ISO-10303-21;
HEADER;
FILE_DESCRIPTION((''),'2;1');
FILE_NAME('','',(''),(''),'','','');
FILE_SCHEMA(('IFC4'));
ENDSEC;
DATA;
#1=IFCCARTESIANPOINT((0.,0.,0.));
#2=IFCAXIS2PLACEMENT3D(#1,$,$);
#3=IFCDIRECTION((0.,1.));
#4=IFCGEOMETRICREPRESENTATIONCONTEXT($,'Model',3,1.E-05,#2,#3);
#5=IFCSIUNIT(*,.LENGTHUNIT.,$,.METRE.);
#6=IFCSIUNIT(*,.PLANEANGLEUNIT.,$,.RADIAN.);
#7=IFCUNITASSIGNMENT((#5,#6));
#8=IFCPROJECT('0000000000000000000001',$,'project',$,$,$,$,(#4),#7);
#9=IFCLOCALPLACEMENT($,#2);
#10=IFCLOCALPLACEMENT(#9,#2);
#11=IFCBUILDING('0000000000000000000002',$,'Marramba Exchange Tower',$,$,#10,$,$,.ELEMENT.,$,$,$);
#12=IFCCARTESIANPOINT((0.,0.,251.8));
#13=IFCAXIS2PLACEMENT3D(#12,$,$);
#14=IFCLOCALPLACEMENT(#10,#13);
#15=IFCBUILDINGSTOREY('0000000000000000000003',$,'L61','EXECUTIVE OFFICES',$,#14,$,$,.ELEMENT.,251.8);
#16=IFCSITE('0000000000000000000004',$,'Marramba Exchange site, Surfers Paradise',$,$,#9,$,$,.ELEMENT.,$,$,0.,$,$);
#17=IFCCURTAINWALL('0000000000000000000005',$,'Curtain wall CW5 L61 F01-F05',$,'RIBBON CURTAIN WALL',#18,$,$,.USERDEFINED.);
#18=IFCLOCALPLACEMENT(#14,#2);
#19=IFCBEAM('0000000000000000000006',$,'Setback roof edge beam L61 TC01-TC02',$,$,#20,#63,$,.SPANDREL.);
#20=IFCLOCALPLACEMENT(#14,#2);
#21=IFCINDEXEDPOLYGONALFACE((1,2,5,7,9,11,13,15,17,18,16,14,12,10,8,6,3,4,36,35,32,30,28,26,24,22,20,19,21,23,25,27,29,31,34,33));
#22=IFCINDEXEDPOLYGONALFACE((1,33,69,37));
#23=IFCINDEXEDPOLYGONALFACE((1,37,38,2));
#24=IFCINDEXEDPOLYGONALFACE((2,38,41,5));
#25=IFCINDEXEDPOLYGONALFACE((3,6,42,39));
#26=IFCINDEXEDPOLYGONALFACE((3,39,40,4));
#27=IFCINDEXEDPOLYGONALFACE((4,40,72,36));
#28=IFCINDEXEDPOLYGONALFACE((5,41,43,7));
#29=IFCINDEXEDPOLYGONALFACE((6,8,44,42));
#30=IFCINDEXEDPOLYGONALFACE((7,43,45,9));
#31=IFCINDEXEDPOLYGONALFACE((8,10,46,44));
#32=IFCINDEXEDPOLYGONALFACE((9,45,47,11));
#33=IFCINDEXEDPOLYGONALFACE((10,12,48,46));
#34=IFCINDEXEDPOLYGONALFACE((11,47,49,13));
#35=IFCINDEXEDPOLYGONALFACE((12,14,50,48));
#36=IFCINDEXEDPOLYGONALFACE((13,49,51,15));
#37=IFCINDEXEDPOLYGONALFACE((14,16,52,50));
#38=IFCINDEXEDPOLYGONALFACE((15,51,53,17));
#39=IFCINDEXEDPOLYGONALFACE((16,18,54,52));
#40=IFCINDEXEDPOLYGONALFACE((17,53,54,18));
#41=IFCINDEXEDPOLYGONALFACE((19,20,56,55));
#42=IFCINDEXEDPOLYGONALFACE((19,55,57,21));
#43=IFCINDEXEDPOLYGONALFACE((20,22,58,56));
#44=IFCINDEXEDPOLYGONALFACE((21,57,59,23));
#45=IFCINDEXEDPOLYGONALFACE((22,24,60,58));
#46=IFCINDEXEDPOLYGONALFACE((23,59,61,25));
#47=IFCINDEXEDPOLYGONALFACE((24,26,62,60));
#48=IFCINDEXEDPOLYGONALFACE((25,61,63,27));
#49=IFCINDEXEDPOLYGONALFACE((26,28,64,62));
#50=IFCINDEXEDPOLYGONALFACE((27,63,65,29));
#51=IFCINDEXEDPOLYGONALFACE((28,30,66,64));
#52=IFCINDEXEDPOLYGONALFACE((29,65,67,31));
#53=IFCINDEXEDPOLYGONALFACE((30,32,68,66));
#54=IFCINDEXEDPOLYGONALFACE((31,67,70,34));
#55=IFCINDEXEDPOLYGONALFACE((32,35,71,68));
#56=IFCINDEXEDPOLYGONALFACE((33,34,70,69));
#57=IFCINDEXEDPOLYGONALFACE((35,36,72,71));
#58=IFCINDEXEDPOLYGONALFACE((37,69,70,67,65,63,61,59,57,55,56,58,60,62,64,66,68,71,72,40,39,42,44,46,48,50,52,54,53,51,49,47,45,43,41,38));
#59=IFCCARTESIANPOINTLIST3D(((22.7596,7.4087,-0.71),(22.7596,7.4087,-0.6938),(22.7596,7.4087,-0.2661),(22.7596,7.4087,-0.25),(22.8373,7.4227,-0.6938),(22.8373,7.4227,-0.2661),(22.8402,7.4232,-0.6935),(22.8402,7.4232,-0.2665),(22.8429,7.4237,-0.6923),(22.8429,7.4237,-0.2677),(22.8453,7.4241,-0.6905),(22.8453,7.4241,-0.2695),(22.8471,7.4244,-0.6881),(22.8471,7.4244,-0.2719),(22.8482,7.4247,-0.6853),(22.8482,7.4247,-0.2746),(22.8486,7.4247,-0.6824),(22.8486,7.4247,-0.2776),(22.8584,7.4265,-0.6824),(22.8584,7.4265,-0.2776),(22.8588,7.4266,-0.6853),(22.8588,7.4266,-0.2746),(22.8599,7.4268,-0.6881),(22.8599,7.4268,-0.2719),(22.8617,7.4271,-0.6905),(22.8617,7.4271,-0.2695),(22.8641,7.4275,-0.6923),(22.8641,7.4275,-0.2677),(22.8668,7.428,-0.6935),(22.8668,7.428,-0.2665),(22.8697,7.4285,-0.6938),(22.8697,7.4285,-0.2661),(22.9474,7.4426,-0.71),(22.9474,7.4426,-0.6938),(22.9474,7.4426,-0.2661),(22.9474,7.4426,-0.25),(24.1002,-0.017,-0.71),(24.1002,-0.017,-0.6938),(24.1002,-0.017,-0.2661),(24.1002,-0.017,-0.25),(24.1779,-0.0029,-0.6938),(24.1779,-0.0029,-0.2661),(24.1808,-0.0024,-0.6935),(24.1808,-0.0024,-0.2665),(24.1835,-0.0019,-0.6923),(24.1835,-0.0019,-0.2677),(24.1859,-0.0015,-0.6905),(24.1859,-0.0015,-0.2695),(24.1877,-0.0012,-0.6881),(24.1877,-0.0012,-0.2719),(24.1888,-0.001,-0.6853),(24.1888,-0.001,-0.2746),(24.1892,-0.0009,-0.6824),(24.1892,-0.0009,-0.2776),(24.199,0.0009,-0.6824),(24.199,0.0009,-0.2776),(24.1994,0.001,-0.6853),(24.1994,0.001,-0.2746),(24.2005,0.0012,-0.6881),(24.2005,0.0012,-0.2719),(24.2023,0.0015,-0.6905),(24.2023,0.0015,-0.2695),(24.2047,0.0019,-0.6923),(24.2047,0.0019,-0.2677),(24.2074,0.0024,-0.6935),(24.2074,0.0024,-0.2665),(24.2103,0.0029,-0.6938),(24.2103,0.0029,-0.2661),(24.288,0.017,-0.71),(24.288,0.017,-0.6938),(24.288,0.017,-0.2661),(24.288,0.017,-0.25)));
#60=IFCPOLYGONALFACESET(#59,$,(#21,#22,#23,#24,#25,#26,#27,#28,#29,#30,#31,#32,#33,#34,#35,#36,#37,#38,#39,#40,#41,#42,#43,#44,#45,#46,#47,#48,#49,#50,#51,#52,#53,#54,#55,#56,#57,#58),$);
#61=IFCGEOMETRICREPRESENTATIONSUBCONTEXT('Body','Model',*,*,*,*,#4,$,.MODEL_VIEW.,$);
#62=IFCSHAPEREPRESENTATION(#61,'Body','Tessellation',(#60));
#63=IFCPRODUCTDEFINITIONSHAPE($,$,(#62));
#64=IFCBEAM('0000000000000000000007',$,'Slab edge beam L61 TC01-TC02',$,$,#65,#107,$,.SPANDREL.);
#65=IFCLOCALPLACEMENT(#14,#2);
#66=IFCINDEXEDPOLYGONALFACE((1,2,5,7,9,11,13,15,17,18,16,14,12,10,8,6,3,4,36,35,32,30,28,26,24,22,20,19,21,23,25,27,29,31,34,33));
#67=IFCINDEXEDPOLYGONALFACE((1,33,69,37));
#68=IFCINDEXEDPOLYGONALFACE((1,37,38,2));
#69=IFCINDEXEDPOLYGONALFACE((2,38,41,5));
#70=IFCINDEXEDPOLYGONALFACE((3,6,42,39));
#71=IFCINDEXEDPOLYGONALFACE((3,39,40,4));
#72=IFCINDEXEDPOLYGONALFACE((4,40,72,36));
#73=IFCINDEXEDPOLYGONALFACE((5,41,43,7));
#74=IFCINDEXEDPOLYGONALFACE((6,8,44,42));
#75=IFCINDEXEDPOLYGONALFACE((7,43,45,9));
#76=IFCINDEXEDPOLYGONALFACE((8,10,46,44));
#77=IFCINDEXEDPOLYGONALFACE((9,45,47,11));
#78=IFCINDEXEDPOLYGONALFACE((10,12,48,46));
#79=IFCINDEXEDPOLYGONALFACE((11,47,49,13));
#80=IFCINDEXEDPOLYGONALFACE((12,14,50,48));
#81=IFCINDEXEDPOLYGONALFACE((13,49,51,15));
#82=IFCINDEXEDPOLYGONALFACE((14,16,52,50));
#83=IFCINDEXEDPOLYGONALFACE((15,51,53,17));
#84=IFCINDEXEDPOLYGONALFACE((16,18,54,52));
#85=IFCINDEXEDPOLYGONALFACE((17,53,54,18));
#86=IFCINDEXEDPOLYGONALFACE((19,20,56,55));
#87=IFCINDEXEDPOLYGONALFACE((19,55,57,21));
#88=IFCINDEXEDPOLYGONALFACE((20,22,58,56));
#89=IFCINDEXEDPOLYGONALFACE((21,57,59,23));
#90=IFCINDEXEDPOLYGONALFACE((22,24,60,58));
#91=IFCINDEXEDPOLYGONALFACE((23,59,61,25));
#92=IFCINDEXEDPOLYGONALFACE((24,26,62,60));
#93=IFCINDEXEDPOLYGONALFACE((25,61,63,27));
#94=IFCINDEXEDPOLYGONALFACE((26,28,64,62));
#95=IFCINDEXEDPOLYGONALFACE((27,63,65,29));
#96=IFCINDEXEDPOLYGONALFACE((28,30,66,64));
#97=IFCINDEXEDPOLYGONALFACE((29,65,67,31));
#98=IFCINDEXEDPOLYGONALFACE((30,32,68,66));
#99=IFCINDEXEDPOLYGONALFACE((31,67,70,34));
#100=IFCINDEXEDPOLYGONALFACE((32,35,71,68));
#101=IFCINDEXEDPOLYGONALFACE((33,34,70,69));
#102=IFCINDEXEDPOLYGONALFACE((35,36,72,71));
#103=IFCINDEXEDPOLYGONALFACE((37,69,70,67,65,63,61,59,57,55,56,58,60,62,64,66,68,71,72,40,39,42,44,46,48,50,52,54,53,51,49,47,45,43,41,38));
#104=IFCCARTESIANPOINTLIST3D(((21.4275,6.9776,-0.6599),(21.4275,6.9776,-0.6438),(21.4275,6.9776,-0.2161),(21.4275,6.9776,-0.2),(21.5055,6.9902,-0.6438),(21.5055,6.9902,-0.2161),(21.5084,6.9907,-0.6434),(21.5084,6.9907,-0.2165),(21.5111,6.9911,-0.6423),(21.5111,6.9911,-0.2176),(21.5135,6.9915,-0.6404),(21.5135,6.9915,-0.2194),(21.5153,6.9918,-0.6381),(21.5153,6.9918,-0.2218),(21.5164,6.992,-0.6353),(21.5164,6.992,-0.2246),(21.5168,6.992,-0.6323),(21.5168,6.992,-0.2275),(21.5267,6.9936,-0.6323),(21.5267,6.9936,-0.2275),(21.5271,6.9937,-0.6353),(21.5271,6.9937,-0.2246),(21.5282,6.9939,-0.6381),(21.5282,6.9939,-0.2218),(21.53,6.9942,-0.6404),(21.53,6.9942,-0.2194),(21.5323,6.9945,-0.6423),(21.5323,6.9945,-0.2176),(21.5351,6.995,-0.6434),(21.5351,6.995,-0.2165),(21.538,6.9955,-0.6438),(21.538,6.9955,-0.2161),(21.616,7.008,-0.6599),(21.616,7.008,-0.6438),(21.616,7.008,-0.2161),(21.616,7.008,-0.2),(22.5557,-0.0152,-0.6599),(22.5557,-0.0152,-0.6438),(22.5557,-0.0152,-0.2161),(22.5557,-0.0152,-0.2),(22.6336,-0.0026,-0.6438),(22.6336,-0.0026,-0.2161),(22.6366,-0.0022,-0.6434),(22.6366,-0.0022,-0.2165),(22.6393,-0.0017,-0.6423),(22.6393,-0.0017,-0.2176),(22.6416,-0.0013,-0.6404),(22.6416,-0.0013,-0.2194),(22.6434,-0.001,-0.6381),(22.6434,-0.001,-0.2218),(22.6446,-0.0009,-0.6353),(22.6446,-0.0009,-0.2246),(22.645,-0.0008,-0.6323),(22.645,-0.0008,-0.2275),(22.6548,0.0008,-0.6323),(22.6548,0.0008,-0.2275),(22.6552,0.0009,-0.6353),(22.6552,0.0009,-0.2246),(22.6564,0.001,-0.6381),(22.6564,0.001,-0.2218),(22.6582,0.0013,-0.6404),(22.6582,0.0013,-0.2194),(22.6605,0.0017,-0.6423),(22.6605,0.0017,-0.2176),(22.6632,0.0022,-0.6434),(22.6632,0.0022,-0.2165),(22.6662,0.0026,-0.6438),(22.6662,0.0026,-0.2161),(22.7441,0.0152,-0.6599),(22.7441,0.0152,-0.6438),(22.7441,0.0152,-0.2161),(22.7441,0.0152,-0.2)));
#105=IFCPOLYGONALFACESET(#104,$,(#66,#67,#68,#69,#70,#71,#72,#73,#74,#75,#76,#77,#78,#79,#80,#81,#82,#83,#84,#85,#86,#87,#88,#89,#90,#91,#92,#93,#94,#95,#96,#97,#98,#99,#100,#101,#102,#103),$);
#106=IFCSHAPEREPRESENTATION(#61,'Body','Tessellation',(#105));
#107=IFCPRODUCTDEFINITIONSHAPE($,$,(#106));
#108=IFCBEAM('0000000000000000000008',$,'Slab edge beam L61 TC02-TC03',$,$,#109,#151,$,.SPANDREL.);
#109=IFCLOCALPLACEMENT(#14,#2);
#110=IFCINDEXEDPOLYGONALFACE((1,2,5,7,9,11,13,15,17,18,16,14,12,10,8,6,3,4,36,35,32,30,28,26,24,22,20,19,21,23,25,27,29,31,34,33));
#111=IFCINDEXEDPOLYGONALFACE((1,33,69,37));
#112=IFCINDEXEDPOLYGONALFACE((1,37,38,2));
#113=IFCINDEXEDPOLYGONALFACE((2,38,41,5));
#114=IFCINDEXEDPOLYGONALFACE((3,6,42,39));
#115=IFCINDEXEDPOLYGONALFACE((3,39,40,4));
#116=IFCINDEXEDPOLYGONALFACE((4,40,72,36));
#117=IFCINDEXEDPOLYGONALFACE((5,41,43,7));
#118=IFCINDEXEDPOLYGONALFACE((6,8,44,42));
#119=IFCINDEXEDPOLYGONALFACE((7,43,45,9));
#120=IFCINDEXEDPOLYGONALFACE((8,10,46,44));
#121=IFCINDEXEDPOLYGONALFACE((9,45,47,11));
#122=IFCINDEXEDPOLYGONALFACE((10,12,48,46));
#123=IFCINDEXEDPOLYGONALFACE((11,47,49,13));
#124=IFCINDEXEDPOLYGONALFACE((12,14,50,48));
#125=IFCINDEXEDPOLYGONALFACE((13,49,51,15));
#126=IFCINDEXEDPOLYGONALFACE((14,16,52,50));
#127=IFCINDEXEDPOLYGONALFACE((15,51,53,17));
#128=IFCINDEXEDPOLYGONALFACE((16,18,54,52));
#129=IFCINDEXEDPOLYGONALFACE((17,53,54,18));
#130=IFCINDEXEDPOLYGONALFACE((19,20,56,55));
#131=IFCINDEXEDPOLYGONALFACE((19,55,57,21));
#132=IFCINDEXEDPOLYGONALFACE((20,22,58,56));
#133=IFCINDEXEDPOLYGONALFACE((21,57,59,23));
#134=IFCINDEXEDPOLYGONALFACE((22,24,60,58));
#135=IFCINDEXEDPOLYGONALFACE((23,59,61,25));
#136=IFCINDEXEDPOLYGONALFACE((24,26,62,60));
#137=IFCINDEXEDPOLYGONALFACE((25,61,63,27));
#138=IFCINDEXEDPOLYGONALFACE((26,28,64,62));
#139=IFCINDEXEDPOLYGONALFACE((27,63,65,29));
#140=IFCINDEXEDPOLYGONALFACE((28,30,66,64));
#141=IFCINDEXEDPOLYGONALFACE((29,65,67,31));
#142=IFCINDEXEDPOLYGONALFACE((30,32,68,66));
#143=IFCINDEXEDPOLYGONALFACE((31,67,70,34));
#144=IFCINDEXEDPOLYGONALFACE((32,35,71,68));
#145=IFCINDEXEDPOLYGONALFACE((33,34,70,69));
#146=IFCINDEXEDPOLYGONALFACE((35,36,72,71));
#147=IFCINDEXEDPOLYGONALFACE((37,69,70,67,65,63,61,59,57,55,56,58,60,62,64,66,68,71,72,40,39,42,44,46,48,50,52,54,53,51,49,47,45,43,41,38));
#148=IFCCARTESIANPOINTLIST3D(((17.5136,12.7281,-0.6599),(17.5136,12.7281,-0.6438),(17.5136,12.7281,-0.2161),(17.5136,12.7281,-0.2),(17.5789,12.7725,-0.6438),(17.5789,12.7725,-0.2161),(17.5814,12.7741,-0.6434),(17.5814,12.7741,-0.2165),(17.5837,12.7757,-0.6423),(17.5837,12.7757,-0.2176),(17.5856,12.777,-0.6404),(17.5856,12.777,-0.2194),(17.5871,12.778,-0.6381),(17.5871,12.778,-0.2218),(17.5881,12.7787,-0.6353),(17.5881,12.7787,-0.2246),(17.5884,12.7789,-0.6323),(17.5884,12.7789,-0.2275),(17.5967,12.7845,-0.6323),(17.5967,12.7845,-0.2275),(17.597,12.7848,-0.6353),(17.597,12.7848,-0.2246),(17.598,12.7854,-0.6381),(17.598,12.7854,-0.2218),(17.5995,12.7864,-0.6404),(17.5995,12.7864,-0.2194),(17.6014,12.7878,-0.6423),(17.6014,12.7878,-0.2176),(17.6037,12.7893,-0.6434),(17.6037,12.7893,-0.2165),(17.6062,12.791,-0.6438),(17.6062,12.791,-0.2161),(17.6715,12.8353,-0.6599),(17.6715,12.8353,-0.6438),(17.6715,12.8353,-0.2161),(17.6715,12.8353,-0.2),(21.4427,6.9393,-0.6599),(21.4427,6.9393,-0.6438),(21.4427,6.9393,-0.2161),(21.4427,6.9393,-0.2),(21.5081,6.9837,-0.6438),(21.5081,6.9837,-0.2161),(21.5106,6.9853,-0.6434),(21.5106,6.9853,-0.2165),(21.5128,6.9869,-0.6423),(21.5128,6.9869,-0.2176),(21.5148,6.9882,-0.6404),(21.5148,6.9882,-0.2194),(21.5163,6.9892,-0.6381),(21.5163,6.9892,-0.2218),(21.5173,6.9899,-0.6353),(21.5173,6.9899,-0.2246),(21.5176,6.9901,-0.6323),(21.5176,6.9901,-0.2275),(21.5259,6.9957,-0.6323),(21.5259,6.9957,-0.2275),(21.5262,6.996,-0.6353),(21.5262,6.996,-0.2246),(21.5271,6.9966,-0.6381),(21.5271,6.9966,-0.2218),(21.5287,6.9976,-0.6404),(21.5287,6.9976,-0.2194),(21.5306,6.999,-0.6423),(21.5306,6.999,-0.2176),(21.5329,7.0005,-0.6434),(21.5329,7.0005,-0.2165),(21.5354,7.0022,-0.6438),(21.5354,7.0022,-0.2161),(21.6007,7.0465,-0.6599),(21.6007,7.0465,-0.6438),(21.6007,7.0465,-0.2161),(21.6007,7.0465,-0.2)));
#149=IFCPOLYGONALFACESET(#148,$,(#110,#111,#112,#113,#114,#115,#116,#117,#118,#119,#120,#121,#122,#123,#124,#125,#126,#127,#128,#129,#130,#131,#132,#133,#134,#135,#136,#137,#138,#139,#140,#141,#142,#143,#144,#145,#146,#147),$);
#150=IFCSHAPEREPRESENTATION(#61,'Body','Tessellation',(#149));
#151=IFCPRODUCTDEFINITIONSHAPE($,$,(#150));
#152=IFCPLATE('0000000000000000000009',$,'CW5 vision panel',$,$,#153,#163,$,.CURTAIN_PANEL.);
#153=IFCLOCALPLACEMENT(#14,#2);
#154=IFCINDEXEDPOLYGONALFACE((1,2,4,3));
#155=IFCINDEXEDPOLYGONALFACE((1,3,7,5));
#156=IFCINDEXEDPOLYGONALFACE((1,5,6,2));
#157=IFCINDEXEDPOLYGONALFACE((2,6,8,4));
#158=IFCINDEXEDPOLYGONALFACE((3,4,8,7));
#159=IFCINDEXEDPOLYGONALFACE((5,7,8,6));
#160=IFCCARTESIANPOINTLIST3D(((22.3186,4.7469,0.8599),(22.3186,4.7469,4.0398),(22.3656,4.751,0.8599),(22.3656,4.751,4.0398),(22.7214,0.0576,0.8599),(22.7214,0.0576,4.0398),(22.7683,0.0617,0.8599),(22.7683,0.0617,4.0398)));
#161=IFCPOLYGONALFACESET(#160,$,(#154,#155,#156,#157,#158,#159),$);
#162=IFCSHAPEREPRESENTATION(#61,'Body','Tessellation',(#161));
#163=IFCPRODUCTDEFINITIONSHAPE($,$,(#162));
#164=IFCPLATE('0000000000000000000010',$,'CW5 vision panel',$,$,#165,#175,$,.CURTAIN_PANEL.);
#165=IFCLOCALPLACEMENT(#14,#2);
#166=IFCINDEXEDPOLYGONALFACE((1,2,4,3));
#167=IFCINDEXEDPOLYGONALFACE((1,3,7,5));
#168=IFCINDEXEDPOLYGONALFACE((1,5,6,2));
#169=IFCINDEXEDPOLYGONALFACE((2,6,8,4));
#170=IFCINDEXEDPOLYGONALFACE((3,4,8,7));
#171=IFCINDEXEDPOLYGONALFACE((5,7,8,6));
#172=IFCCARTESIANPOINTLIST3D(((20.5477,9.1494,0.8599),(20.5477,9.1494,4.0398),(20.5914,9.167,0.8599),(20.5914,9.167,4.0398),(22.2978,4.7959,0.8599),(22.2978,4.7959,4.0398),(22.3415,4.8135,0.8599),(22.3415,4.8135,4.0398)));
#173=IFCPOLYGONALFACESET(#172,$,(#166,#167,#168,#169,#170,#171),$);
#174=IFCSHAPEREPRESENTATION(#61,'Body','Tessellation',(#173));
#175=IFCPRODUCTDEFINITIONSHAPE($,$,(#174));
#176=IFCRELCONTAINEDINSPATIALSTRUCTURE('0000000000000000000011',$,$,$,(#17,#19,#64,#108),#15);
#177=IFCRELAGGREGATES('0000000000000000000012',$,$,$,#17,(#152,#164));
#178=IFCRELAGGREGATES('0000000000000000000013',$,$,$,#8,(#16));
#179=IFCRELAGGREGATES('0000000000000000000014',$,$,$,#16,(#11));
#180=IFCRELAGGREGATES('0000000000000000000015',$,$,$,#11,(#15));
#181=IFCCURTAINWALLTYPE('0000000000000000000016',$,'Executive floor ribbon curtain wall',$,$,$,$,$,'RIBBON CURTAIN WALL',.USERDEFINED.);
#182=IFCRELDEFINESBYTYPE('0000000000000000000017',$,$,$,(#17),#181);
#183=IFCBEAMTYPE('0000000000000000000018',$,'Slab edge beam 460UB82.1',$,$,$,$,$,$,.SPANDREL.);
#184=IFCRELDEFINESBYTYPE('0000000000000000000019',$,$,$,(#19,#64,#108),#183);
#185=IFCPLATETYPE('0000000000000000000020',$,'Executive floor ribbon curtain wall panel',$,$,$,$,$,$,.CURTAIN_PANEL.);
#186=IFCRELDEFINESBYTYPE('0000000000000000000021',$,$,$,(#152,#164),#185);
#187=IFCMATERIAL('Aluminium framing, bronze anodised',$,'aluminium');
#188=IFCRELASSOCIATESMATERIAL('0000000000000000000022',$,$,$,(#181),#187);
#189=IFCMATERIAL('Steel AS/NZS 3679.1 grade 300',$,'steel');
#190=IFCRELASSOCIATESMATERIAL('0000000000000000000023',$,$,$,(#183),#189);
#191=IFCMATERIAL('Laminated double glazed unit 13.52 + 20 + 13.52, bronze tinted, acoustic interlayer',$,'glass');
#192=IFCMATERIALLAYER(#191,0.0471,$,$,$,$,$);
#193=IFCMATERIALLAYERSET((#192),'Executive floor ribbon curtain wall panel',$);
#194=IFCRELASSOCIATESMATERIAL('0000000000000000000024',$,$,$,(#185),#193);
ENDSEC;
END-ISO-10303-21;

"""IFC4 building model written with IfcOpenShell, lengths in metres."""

from ifc_helpers import new_model, si_unit, direction, frame, origin, origin_2d, place, context, subcontext, project, spatial, rectangle, i_section, extrude, material, layer, layer_set, material_profile, profile_set, type_object, element, aggregate, save


model = new_model("IFC4")

# Units and contexts
model_context = context("Model", 3, precision=1e-05, world=origin(), true_north=direction((0.0, 1.0)))
body_context = subcontext(model_context, "Body", "Model", "MODEL_VIEW")
ifc_project = project(units=[si_unit("LENGTHUNIT", "METRE"), si_unit("PLANEANGLEUNIT", "RADIAN")], contexts=[model_context])

# Site, building, storey
site_placement = place(None, origin())
site = spatial("IfcSite", under=ifc_project, at=site_placement, Name="Marramba Exchange site, Surfers Paradise", CompositionType="ELEMENT", RefElevation=0.0)
building_placement = place(site_placement, origin())
building = spatial("IfcBuilding", under=site, at=building_placement, Name="Marramba Exchange Tower", CompositionType="ELEMENT")
storey_placement = place(building_placement, frame((0.0, 0.0, 251.8)))
storey = spatial("IfcBuildingStorey", under=building, at=storey_placement, Name="L61", Description="EXECUTIVE OFFICES", CompositionType="ELEMENT", Elevation=251.8)

# Curtain wall
ifc_material_1 = material(Name="Aluminium framing, bronze anodised", Category="aluminium")
curtain_wall_type = type_object("IfcCurtainWallType", Name="Executive floor ribbon curtain wall", ElementType="RIBBON CURTAIN WALL", PredefinedType="USERDEFINED", material=ifc_material_1)
curtain_wall_placement = place(storey_placement, origin())
curtain_wall = element("IfcCurtainWall", 1, at=curtain_wall_placement, inside=storey, type_object=curtain_wall_type, Name="Curtain wall CW5 L61 F01-F05", ObjectType="RIBBON CURTAIN WALL", PredefinedType="USERDEFINED")

# Beams
ifc_material_2 = material(Name="Steel AS/NZS 3679.1 grade 300", Category="steel")
ifc_material_profile_1 = material_profile(ifc_material_2, i_section(OverallWidth=0.1909, OverallDepth=0.46, WebThickness=0.01, FlangeThickness=0.0161, FilletRadius=0.0115, at=origin_2d()), Name="460UB82.1")
ifc_profile_set_1 = profile_set([ifc_material_profile_1], Name="Steel AS/NZS 3679.1 grade 300")
beam_type_1 = type_object("IfcBeamType", Name="Slab edge beam 460UB82.1", PredefinedType="SPANDREL", material=ifc_profile_set_1)
beam_1_placement = place(storey_placement, frame((24.1941, 0.0, -0.48), z_axis=(-0.177664, 0.984091, 0.0), x_axis=(-0.984091, -0.177664, 0.0)))
element("IfcBeam", 2, at=beam_1_placement, inside=storey, type_object=beam_type_1, Name="Setback roof edge beam L61 TC01-TC02", PredefinedType="SPANDREL", context=body_context, shape_type="SweptSolid", body=[
    extrude(i_section(OverallWidth=0.1909, OverallDepth=0.46, WebThickness=0.01, FlangeThickness=0.0161, FilletRadius=0.0115, at=origin_2d()), origin(), (0.0, 0.0, 1.0), 7.5457),
])
beam_2_placement = place(storey_placement, frame((22.6499, 0.0, -0.4299), z_axis=(-0.159271, 0.987235, 0.0), x_axis=(-0.987235, -0.159271, 0.0)))
element("IfcBeam", 3, at=beam_2_placement, inside=storey, type_object=beam_type_1, Name="Slab edge beam L61 TC01-TC02", PredefinedType="SPANDREL", context=body_context, shape_type="SweptSolid", body=[
    extrude(i_section(OverallWidth=0.1909, OverallDepth=0.46, WebThickness=0.01, FlangeThickness=0.0161, FilletRadius=0.0115, at=origin_2d()), origin(), (0.0, 0.0, 1.0), 7.0833),
])
beam_3_placement = place(storey_placement, frame((21.5217, 6.9929, -0.4299), z_axis=(-0.561606, 0.827405, 0.0), x_axis=(-0.827405, -0.561606, 0.0)))
element("IfcBeam", 4, at=beam_3_placement, inside=storey, type_object=beam_type_1, Name="Slab edge beam L61 TC02-TC03", PredefinedType="SPANDREL", context=body_context, shape_type="SweptSolid", body=[
    extrude(i_section(OverallWidth=0.1909, OverallDepth=0.46, WebThickness=0.01, FlangeThickness=0.0161, FilletRadius=0.0115, at=origin_2d()), origin(), (0.0, 0.0, 1.0), 6.9963),
])

# Plates
ifc_material_3 = material(Name="Laminated double glazed unit 13.52 + 20 + 13.52, bronze tinted, acoustic interlayer", Category="glass")
ifc_layer_1 = layer(ifc_material_3, 0.0471)
ifc_layer_set_1 = layer_set([ifc_layer_1], Name="Executive floor ribbon curtain wall panel")
plate_type = type_object("IfcPlateType", Name="Executive floor ribbon curtain wall panel", PredefinedType="CURTAIN_PANEL", material=ifc_layer_set_1)
plate_1_placement = place(storey_placement, frame((22.5435, 2.4043, 0.8599), z_axis=(0.0, 0.0, 1.0), x_axis=(-0.085574, 0.996332, 0.0)))
plate_1 = element("IfcPlate", 5, at=plate_1_placement, type_object=plate_type, Name="CW5 vision panel", PredefinedType="CURTAIN_PANEL", context=body_context, shape_type="SweptSolid", body=[
    extrude(rectangle(XDim=4.7065, YDim=0.0471, at=origin_2d()), origin(), (0.0, 0.0, 1.0), 3.1799),
])
plate_2_placement = place(storey_placement, frame((21.4446, 6.9814, 0.8599), z_axis=(0.0, 0.0, 1.0), x_axis=(-0.372983, 0.927838, 0.0)))
plate_2 = element("IfcPlate", 6, at=plate_2_placement, type_object=plate_type, Name="CW5 vision panel", PredefinedType="CURTAIN_PANEL", context=body_context, shape_type="SweptSolid", body=[
    extrude(rectangle(XDim=4.6921, YDim=0.0471, at=origin_2d()), origin(), (0.0, 0.0, 1.0), 3.1799),
])
aggregate(curtain_wall, [plate_1, plate_2])

save(model, "model.ifc")
